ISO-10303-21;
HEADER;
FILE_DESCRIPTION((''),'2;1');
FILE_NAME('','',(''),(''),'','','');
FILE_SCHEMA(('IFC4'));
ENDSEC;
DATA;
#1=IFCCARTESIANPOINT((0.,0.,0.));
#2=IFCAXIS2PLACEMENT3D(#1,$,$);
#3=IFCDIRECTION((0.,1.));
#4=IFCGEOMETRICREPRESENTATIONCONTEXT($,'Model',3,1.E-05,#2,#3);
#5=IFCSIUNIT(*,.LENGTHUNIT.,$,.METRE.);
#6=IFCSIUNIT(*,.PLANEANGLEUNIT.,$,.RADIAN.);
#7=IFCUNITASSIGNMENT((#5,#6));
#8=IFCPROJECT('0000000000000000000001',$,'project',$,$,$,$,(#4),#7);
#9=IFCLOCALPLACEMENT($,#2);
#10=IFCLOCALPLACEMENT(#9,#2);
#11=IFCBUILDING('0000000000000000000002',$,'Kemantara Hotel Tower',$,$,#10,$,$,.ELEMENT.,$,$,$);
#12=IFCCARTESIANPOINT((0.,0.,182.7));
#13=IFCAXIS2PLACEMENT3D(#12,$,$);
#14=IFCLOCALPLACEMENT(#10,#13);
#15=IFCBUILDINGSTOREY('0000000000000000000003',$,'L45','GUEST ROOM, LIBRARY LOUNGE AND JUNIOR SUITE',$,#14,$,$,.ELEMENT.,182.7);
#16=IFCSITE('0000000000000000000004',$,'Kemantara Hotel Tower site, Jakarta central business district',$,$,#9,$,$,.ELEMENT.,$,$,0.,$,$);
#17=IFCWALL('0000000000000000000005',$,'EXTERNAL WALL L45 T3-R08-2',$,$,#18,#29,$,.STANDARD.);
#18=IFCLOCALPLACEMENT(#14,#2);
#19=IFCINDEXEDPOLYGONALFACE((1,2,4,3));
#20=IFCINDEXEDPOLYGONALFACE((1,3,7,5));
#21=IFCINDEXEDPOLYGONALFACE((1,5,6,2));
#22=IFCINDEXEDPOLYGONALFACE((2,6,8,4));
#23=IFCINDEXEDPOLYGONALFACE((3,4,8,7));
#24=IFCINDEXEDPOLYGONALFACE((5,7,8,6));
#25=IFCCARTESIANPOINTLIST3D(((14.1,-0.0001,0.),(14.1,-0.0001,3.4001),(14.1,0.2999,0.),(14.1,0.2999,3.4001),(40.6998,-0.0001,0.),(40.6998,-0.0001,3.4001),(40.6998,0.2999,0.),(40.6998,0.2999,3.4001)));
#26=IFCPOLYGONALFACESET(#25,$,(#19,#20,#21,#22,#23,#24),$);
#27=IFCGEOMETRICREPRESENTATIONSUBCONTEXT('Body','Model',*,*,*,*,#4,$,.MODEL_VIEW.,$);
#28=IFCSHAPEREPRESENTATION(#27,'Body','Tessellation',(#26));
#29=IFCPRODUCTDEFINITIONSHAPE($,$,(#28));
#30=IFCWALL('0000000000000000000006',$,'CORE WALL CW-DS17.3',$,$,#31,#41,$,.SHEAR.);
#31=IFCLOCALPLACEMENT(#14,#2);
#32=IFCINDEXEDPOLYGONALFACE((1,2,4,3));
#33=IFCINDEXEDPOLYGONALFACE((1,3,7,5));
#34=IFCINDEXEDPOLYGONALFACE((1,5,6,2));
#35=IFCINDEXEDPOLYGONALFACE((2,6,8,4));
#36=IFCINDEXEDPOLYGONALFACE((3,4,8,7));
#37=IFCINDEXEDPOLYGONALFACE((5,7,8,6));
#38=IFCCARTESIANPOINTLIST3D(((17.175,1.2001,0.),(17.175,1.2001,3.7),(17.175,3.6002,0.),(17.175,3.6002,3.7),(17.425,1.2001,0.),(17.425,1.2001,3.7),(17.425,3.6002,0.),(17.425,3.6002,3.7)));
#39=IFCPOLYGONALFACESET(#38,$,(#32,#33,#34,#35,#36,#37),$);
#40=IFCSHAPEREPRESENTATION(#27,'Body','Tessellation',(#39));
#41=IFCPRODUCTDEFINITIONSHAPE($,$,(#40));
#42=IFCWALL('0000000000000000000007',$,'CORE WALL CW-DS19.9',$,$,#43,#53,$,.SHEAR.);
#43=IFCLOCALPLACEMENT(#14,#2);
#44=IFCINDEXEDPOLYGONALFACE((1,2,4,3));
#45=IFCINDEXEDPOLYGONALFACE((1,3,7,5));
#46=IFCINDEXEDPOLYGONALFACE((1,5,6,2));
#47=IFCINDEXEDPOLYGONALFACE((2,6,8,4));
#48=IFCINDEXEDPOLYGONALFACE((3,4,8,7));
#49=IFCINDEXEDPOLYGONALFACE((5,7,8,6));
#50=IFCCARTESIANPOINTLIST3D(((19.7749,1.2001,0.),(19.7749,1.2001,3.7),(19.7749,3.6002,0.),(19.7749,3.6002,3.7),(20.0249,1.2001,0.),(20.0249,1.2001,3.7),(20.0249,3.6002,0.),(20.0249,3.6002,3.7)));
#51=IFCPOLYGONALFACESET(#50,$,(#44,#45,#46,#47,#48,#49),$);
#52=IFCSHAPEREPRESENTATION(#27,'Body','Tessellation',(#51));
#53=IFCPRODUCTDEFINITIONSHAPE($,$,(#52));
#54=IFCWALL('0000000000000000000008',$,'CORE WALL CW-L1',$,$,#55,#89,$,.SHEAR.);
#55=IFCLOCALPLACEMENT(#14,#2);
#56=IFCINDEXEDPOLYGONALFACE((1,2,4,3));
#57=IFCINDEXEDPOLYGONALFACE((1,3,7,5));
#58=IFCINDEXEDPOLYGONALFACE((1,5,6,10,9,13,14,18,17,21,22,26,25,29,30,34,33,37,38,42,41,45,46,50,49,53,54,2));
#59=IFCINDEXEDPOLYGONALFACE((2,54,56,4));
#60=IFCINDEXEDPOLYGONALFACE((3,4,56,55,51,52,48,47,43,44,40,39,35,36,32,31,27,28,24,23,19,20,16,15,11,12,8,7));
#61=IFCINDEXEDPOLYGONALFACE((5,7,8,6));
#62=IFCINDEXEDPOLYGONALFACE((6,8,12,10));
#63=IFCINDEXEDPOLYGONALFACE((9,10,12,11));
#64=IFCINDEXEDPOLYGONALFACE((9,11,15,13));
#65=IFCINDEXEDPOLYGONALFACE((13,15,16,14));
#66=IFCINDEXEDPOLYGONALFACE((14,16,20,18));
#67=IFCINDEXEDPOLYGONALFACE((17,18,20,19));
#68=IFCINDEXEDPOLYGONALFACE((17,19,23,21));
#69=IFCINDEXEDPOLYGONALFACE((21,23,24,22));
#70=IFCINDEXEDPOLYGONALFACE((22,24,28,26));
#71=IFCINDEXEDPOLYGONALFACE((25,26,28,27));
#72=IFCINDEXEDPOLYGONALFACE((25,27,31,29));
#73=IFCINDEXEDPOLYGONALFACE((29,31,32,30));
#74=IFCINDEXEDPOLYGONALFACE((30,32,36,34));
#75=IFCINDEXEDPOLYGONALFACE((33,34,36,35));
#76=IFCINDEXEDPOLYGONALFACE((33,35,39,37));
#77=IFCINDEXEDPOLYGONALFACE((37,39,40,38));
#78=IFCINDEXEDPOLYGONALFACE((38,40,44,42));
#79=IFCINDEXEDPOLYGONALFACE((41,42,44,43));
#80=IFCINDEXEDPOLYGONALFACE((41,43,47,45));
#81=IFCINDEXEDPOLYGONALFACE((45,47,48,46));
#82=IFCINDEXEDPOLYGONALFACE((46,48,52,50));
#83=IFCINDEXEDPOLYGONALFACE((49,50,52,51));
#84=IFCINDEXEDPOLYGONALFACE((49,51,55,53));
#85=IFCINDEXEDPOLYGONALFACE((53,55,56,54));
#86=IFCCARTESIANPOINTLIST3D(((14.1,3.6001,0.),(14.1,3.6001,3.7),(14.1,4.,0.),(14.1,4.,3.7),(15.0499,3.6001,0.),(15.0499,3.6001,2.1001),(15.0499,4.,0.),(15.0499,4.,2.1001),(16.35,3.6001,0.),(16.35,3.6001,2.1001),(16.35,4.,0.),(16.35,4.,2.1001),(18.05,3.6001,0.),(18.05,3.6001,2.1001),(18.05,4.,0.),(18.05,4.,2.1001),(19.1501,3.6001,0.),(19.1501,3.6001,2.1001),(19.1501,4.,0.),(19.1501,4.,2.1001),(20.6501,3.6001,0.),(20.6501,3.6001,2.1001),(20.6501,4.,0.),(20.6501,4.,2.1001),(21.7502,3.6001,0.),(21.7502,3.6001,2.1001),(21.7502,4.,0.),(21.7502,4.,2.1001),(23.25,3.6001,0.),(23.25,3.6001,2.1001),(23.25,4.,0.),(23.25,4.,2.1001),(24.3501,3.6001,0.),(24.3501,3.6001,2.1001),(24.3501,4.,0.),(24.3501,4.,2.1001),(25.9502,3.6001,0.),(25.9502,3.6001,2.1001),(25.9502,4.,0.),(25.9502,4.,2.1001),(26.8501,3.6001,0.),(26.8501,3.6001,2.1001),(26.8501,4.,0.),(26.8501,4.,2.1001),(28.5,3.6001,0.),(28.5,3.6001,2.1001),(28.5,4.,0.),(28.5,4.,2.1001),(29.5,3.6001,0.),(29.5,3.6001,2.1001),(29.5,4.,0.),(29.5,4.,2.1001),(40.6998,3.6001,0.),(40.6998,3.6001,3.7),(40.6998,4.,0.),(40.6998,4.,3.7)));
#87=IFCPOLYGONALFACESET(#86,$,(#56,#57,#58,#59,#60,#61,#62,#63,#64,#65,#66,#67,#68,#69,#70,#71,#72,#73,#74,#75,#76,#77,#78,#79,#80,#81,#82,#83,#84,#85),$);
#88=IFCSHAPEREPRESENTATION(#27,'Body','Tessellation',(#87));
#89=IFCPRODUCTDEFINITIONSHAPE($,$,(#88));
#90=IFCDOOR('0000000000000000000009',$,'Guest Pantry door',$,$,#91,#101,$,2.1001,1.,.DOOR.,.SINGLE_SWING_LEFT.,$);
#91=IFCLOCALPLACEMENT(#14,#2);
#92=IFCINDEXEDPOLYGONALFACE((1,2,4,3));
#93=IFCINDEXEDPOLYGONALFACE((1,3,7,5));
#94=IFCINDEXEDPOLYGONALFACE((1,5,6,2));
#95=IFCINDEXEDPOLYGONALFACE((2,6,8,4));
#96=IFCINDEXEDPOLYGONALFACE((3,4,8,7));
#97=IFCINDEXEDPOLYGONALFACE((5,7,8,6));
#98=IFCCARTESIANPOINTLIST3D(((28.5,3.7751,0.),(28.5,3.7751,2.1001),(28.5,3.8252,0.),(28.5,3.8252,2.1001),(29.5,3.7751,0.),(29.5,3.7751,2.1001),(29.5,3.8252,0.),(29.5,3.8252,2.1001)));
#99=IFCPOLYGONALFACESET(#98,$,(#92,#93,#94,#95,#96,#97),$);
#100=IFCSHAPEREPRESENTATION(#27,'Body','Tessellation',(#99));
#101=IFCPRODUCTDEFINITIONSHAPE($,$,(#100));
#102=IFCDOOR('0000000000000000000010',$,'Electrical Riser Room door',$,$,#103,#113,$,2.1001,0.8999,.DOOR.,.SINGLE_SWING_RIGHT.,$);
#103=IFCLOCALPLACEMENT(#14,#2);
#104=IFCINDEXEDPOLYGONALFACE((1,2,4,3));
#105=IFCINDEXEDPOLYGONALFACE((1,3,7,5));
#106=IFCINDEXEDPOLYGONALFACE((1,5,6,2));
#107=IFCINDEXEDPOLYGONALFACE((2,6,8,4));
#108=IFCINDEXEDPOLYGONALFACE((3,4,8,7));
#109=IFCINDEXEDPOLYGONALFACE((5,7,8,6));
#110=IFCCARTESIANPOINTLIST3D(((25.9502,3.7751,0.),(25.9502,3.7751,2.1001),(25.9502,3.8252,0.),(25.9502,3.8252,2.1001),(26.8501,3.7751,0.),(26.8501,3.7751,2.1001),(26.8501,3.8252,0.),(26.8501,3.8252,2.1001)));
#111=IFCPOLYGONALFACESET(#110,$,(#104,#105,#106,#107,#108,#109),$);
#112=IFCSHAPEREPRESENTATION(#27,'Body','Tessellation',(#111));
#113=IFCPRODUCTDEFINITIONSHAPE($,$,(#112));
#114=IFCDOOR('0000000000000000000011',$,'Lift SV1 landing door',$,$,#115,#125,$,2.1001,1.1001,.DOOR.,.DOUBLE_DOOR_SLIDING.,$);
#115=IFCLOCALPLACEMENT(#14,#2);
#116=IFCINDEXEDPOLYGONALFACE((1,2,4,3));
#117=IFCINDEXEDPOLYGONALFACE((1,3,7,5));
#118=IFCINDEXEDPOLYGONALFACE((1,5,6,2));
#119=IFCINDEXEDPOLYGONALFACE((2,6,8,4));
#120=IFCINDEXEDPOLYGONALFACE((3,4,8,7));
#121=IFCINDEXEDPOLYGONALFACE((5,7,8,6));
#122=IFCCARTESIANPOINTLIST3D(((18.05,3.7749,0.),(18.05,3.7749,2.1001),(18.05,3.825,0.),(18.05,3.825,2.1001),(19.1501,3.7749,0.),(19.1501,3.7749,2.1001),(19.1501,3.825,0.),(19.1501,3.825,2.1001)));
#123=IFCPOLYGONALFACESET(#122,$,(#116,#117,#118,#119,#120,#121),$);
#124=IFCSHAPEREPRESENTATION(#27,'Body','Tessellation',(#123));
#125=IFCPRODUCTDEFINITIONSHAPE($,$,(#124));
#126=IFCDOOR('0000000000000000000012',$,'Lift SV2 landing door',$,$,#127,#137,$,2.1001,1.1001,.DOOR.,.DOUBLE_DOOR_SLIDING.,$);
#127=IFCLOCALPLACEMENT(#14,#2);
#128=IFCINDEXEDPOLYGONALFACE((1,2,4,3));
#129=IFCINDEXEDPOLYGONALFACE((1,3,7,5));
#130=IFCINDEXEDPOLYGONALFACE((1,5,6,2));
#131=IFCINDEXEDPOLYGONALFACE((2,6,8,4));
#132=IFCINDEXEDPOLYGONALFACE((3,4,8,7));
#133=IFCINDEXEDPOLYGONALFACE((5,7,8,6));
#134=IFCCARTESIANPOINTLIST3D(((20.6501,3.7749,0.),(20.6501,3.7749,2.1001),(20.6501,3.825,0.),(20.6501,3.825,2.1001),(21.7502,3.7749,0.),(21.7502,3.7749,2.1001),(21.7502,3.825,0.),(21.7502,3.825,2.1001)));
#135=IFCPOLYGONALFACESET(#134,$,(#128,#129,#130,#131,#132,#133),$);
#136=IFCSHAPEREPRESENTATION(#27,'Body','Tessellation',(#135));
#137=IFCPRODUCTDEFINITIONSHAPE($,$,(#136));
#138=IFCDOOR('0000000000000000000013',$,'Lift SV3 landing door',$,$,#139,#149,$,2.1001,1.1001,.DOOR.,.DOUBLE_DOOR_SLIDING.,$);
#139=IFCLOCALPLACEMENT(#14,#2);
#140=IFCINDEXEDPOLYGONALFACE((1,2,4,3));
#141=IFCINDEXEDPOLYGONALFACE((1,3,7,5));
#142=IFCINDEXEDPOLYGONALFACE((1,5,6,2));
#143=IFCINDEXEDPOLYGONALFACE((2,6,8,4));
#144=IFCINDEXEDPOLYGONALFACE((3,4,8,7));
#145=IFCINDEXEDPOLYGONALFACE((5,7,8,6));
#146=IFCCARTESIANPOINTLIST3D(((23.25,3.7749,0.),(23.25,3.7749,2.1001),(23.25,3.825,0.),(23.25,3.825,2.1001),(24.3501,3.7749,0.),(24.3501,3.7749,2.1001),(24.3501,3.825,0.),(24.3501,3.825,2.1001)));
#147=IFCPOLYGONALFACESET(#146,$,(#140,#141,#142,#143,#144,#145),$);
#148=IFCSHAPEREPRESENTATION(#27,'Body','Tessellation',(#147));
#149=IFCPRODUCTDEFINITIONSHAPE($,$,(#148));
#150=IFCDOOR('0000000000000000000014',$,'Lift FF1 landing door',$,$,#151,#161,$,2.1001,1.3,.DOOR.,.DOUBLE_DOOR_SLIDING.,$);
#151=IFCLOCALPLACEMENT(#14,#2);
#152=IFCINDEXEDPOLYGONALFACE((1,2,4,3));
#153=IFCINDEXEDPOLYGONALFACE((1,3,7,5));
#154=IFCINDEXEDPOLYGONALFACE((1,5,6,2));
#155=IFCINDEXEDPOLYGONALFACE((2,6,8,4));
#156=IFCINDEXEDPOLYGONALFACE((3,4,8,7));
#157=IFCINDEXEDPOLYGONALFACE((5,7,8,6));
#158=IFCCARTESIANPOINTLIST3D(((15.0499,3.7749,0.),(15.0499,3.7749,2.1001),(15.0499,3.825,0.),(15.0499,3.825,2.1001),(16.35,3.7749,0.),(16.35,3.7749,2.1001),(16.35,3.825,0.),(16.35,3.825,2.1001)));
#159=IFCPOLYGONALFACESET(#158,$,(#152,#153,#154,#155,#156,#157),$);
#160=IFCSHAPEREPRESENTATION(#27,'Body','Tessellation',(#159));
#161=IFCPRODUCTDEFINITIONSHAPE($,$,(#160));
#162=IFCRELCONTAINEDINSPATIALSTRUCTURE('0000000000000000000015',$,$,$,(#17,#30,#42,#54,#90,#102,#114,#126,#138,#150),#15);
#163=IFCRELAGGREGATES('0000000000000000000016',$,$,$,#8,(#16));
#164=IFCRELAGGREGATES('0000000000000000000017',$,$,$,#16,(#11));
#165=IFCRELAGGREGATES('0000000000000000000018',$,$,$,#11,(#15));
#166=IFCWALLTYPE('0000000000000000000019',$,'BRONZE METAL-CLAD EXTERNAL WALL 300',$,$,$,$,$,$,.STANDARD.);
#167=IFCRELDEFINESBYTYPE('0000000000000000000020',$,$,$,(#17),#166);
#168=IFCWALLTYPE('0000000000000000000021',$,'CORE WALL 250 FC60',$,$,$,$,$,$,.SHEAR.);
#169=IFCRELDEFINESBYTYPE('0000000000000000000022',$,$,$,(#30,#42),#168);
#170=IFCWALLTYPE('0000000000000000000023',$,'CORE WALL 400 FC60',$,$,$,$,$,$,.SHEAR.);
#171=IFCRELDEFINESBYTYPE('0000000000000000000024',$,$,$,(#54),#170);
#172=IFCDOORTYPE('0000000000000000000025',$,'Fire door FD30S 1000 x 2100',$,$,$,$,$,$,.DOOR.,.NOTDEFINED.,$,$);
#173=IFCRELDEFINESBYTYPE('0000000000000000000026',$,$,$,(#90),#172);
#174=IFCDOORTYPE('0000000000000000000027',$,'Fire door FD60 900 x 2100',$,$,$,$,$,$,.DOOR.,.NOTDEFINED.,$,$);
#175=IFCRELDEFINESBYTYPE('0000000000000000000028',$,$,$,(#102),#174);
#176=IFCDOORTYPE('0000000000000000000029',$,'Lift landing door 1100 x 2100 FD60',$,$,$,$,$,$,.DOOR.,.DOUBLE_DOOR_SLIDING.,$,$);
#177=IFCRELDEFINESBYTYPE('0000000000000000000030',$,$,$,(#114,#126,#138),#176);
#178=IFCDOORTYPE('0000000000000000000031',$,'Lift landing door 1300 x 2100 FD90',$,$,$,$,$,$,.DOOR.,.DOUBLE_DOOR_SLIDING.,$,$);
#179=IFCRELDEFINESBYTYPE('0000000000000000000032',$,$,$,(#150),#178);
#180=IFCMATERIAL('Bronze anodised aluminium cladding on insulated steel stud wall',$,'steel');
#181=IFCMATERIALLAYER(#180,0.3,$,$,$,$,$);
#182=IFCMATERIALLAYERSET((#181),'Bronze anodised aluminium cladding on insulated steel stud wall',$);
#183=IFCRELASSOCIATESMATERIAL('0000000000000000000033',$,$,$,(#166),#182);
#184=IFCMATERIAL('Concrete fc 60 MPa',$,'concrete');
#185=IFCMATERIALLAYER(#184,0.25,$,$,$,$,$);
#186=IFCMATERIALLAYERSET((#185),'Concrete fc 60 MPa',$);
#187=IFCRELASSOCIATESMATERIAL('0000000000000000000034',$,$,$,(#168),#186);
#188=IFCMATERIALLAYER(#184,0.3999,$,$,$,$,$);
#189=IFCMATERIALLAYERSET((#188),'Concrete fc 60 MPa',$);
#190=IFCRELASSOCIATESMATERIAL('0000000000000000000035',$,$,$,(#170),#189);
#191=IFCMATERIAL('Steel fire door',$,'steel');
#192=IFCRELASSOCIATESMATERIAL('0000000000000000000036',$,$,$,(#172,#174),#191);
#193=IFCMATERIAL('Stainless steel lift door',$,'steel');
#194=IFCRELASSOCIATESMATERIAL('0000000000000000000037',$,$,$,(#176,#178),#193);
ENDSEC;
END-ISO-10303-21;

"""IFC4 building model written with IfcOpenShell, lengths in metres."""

from ifc_helpers import new_model, si_unit, direction, frame, frame_2d, origin, place, context, subcontext, project, spatial, rectangle, extrude, material, layer, layer_set, type_object, element, fill, save


model = new_model("IFC4")

# Units and contexts
model_context = context("Model", 3, precision=1e-05, world=origin(), true_north=direction((0.0, 1.0)))
body_context = subcontext(model_context, "Body", "Model", "MODEL_VIEW")
ifc_project = project(units=[si_unit("LENGTHUNIT", "METRE"), si_unit("PLANEANGLEUNIT", "RADIAN")], contexts=[model_context])

# Site, building, storey
site_placement = place(None, origin())
site = spatial("IfcSite", under=ifc_project, at=site_placement, Name="Kemantara Hotel Tower site, Jakarta central business district", CompositionType="ELEMENT", RefElevation=0.0)
building_placement = place(site_placement, origin())
building = spatial("IfcBuilding", under=site, at=building_placement, Name="Kemantara Hotel Tower", CompositionType="ELEMENT")
storey_placement = place(building_placement, frame((0.0, 0.0, 182.7)))
storey = spatial("IfcBuildingStorey", under=building, at=storey_placement, Name="L45", Description="GUEST ROOM, LIBRARY LOUNGE AND JUNIOR SUITE", CompositionType="ELEMENT", Elevation=182.7)

# Walls
ifc_material_1 = material(Name="Bronze anodised aluminium cladding on insulated steel stud wall", Category="steel")
ifc_layer_1 = layer(ifc_material_1, 0.3)
ifc_layer_set_1 = layer_set([ifc_layer_1], Name="Bronze anodised aluminium cladding on insulated steel stud wall")
wall_type_1 = type_object("IfcWallType", Name="BRONZE METAL-CLAD EXTERNAL WALL 300", PredefinedType="STANDARD", material=ifc_layer_set_1)
wall_1_placement = place(storey_placement, frame((14.1001, 0.1499, 0.0), z_axis=(0.0, 0.0, 1.0), x_axis=(1.0, 0.0, 0.0)))
element("IfcWall", 1, at=wall_1_placement, inside=storey, type_object=wall_type_1, Name="EXTERNAL WALL L45 T3-R08-2", PredefinedType="STANDARD", context=body_context, shape_type="SweptSolid", body=[
    extrude(rectangle(XDim=26.5999, YDim=0.3, at=frame_2d((13.2998, 0.0))), origin(), (0.0, 0.0, 1.0), 3.4001),
])
ifc_material_2 = material(Name="Concrete fc 60 MPa", Category="concrete")
ifc_layer_2 = layer(ifc_material_2, 0.25)
ifc_layer_set_2 = layer_set([ifc_layer_2], Name="Concrete fc 60 MPa")
wall_type_2 = type_object("IfcWallType", Name="CORE WALL 250 FC60", PredefinedType="SHEAR", material=ifc_layer_set_2)
for number, where, z_axis, x_axis, name in (
    (2, (17.3, 1.2, 0.0), (0.0, 0.0, 1.0), (0.0, 1.0, 0.0), "CORE WALL CW-DS17.3"),
    (3, (19.8999, 1.2, 0.0), (0.0, 0.0, 1.0), (0.0, 1.0, 0.0), "CORE WALL CW-DS19.9"),
):
    element("IfcWall", number, at=place(storey_placement, frame(where, z_axis=z_axis, x_axis=x_axis)), inside=storey, type_object=wall_type_2, Name=name, PredefinedType="SHEAR", context=body_context, shape_type="SweptSolid", body=[
        extrude(rectangle(XDim=2.4001, YDim=0.25, at=frame_2d((1.2002, 0.0))), origin(), (0.0, 0.0, 1.0), 3.7),
    ])

# Wall, openings, doors
ifc_layer_3 = layer(ifc_material_2, 0.3999)
ifc_layer_set_3 = layer_set([ifc_layer_3], Name="Concrete fc 60 MPa")
wall_type_3 = type_object("IfcWallType", Name="CORE WALL 400 FC60", PredefinedType="SHEAR", material=ifc_layer_set_3)
wall_2_placement = place(storey_placement, frame((14.1001, 3.8, 0.0), z_axis=(0.0, 0.0, 1.0), x_axis=(1.0, 0.0, 0.0)))
wall_2 = element("IfcWall", 4, at=wall_2_placement, inside=storey, type_object=wall_type_3, Name="CORE WALL CW-L1", PredefinedType="SHEAR", context=body_context, shape_type="SweptSolid", body=[
    extrude(rectangle(XDim=26.5999, YDim=0.3999, at=frame_2d((13.2998, 0.0))), origin(), (0.0, 0.0, 1.0), 3.7),
])
opening_1_placement = place(wall_2_placement, frame((0.95, 0.0, 0.0)))
opening_1 = element("IfcOpeningElement", 5, at=opening_1_placement, cuts=wall_2, PredefinedType="OPENING", context=body_context, shape_type="SweptSolid", body=[
    extrude(rectangle(XDim=1.3, YDim=2.1001, at=frame_2d((0.6499, 1.05))), frame((0.0, 0.21, 0.0), z_axis=(0.0, -1.0, 0.0), x_axis=(1.0, 0.0, 0.0)), (0.0, 0.0, 1.0), 0.4199),
])
opening_2_placement = place(wall_2_placement, frame((3.95, 0.0, 0.0)))
opening_2 = element("IfcOpeningElement", 6, at=opening_2_placement, cuts=wall_2, PredefinedType="OPENING", context=body_context, shape_type="SweptSolid", body=[
    extrude(rectangle(XDim=1.1001, YDim=2.1001, at=frame_2d((0.55, 1.05))), frame((0.0, 0.21, 0.0), z_axis=(0.0, -1.0, 0.0), x_axis=(1.0, 0.0, 0.0)), (0.0, 0.0, 1.0), 0.4199),
])
opening_3_placement = place(wall_2_placement, frame((6.55, 0.0, 0.0)))
opening_3 = element("IfcOpeningElement", 7, at=opening_3_placement, cuts=wall_2, PredefinedType="OPENING", context=body_context, shape_type="SweptSolid", body=[
    extrude(rectangle(XDim=1.1001, YDim=2.1001, at=frame_2d((0.55, 1.05))), frame((0.0, 0.21, 0.0), z_axis=(0.0, -1.0, 0.0), x_axis=(1.0, 0.0, 0.0)), (0.0, 0.0, 1.0), 0.4199),
])
opening_4_placement = place(wall_2_placement, frame((9.1499, 0.0, 0.0)))
opening_4 = element("IfcOpeningElement", 8, at=opening_4_placement, cuts=wall_2, PredefinedType="OPENING", context=body_context, shape_type="SweptSolid", body=[
    extrude(rectangle(XDim=1.1001, YDim=2.1001, at=frame_2d((0.55, 1.05))), frame((0.0, 0.21, 0.0), z_axis=(0.0, -1.0, 0.0), x_axis=(1.0, 0.0, 0.0)), (0.0, 0.0, 1.0), 0.4199),
])
opening_5_placement = place(wall_2_placement, frame((11.8501, 0.0, 0.0)))
opening_5 = element("IfcOpeningElement", 9, at=opening_5_placement, cuts=wall_2, PredefinedType="OPENING", context=body_context, shape_type="SweptSolid", body=[
    extrude(rectangle(XDim=0.8999, YDim=2.1001, at=frame_2d((0.45, 1.05))), frame((0.0, 0.21, 0.0), z_axis=(0.0, -1.0, 0.0), x_axis=(1.0, 0.0, 0.0)), (0.0, 0.0, 1.0), 0.4199),
])
opening_6_placement = place(wall_2_placement, frame((14.3999, 0.0, 0.0)))
opening_6 = element("IfcOpeningElement", 10, at=opening_6_placement, cuts=wall_2, PredefinedType="OPENING", context=body_context, shape_type="SweptSolid", body=[
    extrude(rectangle(XDim=1.0, YDim=2.1001, at=frame_2d((0.5, 1.05))), frame((0.0, 0.21, 0.0), z_axis=(0.0, -1.0, 0.0), x_axis=(1.0, 0.0, 0.0)), (0.0, 0.0, 1.0), 0.4199),
])
ifc_material_3 = material(Name="Steel fire door", Category="steel")
door_type_1 = type_object("IfcDoorType", Name="Fire door FD30S 1000 x 2100", OperationType="NOTDEFINED", PredefinedType="DOOR", material=ifc_material_3)
door_1_placement = place(opening_6_placement, frame((1.0, 0.0, 0.0), z_axis=(0.0, 0.0, 1.0), x_axis=(-1.0, 0.0, 0.0)))
door_1 = element("IfcDoor", 11, at=door_1_placement, inside=storey, type_object=door_type_1, Name="Guest Pantry door", OperationType="SINGLE_SWING_LEFT", OverallHeight=2.1001, OverallWidth=1.0, PredefinedType="DOOR", context=body_context, shape_type="SweptSolid", body=[
    extrude(rectangle(XDim=1.0, YDim=2.1001, at=frame_2d((0.5, 1.05))), frame((0.0, 0.0249, 0.0), z_axis=(0.0, -1.0, 0.0), x_axis=(1.0, 0.0, 0.0)), (0.0, 0.0, 1.0), 0.05),
])
fill(opening_6, door_1)
door_type_2 = type_object("IfcDoorType", Name="Fire door FD60 900 x 2100", OperationType="NOTDEFINED", PredefinedType="DOOR", material=ifc_material_3)
door_2_placement = place(opening_5_placement, frame((0.8999, 0.0, 0.0), z_axis=(0.0, 0.0, 1.0), x_axis=(-1.0, 0.0, 0.0)))
door_2 = element("IfcDoor", 12, at=door_2_placement, inside=storey, type_object=door_type_2, Name="Electrical Riser Room door", OperationType="SINGLE_SWING_RIGHT", OverallHeight=2.1001, OverallWidth=0.8999, PredefinedType="DOOR", context=body_context, shape_type="SweptSolid", body=[
    extrude(rectangle(XDim=0.8999, YDim=2.1001, at=frame_2d((0.45, 1.05))), frame((0.0, 0.0249, 0.0), z_axis=(0.0, -1.0, 0.0), x_axis=(1.0, 0.0, 0.0)), (0.0, 0.0, 1.0), 0.05),
])
fill(opening_5, door_2)
ifc_material_4 = material(Name="Stainless steel lift door", Category="steel")
door_type_3 = type_object("IfcDoorType", Name="Lift landing door 1100 x 2100 FD60", OperationType="DOUBLE_DOOR_SLIDING", PredefinedType="DOOR", material=ifc_material_4)
door_3_placement = place(opening_2_placement, origin())
door_3 = element("IfcDoor", 13, at=door_3_placement, inside=storey, type_object=door_type_3, Name="Lift SV1 landing door", OperationType="DOUBLE_DOOR_SLIDING", OverallHeight=2.1001, OverallWidth=1.1001, PredefinedType="DOOR", context=body_context, shape_type="SweptSolid", body=[
    extrude(rectangle(XDim=1.1001, YDim=2.1001, at=frame_2d((0.55, 1.05))), frame((0.0, 0.0249, 0.0), z_axis=(0.0, -1.0, 0.0), x_axis=(1.0, 0.0, 0.0)), (0.0, 0.0, 1.0), 0.05),
])
fill(opening_2, door_3)
door_4_placement = place(opening_3_placement, origin())
door_4 = element("IfcDoor", 14, at=door_4_placement, inside=storey, type_object=door_type_3, Name="Lift SV2 landing door", OperationType="DOUBLE_DOOR_SLIDING", OverallHeight=2.1001, OverallWidth=1.1001, PredefinedType="DOOR", context=body_context, shape_type="SweptSolid", body=[
    extrude(rectangle(XDim=1.1001, YDim=2.1001, at=frame_2d((0.55, 1.05))), frame((0.0, 0.0249, 0.0), z_axis=(0.0, -1.0, 0.0), x_axis=(1.0, 0.0, 0.0)), (0.0, 0.0, 1.0), 0.05),
])
fill(opening_3, door_4)
door_5_placement = place(opening_4_placement, origin())
door_5 = element("IfcDoor", 15, at=door_5_placement, inside=storey, type_object=door_type_3, Name="Lift SV3 landing door", OperationType="DOUBLE_DOOR_SLIDING", OverallHeight=2.1001, OverallWidth=1.1001, PredefinedType="DOOR", context=body_context, shape_type="SweptSolid", body=[
    extrude(rectangle(XDim=1.1001, YDim=2.1001, at=frame_2d((0.55, 1.05))), frame((0.0, 0.0249, 0.0), z_axis=(0.0, -1.0, 0.0), x_axis=(1.0, 0.0, 0.0)), (0.0, 0.0, 1.0), 0.05),
])
fill(opening_4, door_5)
door_type_4 = type_object("IfcDoorType", Name="Lift landing door 1300 x 2100 FD90", OperationType="DOUBLE_DOOR_SLIDING", PredefinedType="DOOR", material=ifc_material_4)
door_6_placement = place(opening_1_placement, origin())
door_6 = element("IfcDoor", 16, at=door_6_placement, inside=storey, type_object=door_type_4, Name="Lift FF1 landing door", OperationType="DOUBLE_DOOR_SLIDING", OverallHeight=2.1001, OverallWidth=1.3, PredefinedType="DOOR", context=body_context, shape_type="SweptSolid", body=[
    extrude(rectangle(XDim=1.3, YDim=2.1001, at=frame_2d((0.6499, 1.05))), frame((0.0, 0.0249, 0.0), z_axis=(0.0, -1.0, 0.0), x_axis=(1.0, 0.0, 0.0)), (0.0, 0.0, 1.0), 0.05),
])
fill(opening_1, door_6)

save(model, "model.ifc")
